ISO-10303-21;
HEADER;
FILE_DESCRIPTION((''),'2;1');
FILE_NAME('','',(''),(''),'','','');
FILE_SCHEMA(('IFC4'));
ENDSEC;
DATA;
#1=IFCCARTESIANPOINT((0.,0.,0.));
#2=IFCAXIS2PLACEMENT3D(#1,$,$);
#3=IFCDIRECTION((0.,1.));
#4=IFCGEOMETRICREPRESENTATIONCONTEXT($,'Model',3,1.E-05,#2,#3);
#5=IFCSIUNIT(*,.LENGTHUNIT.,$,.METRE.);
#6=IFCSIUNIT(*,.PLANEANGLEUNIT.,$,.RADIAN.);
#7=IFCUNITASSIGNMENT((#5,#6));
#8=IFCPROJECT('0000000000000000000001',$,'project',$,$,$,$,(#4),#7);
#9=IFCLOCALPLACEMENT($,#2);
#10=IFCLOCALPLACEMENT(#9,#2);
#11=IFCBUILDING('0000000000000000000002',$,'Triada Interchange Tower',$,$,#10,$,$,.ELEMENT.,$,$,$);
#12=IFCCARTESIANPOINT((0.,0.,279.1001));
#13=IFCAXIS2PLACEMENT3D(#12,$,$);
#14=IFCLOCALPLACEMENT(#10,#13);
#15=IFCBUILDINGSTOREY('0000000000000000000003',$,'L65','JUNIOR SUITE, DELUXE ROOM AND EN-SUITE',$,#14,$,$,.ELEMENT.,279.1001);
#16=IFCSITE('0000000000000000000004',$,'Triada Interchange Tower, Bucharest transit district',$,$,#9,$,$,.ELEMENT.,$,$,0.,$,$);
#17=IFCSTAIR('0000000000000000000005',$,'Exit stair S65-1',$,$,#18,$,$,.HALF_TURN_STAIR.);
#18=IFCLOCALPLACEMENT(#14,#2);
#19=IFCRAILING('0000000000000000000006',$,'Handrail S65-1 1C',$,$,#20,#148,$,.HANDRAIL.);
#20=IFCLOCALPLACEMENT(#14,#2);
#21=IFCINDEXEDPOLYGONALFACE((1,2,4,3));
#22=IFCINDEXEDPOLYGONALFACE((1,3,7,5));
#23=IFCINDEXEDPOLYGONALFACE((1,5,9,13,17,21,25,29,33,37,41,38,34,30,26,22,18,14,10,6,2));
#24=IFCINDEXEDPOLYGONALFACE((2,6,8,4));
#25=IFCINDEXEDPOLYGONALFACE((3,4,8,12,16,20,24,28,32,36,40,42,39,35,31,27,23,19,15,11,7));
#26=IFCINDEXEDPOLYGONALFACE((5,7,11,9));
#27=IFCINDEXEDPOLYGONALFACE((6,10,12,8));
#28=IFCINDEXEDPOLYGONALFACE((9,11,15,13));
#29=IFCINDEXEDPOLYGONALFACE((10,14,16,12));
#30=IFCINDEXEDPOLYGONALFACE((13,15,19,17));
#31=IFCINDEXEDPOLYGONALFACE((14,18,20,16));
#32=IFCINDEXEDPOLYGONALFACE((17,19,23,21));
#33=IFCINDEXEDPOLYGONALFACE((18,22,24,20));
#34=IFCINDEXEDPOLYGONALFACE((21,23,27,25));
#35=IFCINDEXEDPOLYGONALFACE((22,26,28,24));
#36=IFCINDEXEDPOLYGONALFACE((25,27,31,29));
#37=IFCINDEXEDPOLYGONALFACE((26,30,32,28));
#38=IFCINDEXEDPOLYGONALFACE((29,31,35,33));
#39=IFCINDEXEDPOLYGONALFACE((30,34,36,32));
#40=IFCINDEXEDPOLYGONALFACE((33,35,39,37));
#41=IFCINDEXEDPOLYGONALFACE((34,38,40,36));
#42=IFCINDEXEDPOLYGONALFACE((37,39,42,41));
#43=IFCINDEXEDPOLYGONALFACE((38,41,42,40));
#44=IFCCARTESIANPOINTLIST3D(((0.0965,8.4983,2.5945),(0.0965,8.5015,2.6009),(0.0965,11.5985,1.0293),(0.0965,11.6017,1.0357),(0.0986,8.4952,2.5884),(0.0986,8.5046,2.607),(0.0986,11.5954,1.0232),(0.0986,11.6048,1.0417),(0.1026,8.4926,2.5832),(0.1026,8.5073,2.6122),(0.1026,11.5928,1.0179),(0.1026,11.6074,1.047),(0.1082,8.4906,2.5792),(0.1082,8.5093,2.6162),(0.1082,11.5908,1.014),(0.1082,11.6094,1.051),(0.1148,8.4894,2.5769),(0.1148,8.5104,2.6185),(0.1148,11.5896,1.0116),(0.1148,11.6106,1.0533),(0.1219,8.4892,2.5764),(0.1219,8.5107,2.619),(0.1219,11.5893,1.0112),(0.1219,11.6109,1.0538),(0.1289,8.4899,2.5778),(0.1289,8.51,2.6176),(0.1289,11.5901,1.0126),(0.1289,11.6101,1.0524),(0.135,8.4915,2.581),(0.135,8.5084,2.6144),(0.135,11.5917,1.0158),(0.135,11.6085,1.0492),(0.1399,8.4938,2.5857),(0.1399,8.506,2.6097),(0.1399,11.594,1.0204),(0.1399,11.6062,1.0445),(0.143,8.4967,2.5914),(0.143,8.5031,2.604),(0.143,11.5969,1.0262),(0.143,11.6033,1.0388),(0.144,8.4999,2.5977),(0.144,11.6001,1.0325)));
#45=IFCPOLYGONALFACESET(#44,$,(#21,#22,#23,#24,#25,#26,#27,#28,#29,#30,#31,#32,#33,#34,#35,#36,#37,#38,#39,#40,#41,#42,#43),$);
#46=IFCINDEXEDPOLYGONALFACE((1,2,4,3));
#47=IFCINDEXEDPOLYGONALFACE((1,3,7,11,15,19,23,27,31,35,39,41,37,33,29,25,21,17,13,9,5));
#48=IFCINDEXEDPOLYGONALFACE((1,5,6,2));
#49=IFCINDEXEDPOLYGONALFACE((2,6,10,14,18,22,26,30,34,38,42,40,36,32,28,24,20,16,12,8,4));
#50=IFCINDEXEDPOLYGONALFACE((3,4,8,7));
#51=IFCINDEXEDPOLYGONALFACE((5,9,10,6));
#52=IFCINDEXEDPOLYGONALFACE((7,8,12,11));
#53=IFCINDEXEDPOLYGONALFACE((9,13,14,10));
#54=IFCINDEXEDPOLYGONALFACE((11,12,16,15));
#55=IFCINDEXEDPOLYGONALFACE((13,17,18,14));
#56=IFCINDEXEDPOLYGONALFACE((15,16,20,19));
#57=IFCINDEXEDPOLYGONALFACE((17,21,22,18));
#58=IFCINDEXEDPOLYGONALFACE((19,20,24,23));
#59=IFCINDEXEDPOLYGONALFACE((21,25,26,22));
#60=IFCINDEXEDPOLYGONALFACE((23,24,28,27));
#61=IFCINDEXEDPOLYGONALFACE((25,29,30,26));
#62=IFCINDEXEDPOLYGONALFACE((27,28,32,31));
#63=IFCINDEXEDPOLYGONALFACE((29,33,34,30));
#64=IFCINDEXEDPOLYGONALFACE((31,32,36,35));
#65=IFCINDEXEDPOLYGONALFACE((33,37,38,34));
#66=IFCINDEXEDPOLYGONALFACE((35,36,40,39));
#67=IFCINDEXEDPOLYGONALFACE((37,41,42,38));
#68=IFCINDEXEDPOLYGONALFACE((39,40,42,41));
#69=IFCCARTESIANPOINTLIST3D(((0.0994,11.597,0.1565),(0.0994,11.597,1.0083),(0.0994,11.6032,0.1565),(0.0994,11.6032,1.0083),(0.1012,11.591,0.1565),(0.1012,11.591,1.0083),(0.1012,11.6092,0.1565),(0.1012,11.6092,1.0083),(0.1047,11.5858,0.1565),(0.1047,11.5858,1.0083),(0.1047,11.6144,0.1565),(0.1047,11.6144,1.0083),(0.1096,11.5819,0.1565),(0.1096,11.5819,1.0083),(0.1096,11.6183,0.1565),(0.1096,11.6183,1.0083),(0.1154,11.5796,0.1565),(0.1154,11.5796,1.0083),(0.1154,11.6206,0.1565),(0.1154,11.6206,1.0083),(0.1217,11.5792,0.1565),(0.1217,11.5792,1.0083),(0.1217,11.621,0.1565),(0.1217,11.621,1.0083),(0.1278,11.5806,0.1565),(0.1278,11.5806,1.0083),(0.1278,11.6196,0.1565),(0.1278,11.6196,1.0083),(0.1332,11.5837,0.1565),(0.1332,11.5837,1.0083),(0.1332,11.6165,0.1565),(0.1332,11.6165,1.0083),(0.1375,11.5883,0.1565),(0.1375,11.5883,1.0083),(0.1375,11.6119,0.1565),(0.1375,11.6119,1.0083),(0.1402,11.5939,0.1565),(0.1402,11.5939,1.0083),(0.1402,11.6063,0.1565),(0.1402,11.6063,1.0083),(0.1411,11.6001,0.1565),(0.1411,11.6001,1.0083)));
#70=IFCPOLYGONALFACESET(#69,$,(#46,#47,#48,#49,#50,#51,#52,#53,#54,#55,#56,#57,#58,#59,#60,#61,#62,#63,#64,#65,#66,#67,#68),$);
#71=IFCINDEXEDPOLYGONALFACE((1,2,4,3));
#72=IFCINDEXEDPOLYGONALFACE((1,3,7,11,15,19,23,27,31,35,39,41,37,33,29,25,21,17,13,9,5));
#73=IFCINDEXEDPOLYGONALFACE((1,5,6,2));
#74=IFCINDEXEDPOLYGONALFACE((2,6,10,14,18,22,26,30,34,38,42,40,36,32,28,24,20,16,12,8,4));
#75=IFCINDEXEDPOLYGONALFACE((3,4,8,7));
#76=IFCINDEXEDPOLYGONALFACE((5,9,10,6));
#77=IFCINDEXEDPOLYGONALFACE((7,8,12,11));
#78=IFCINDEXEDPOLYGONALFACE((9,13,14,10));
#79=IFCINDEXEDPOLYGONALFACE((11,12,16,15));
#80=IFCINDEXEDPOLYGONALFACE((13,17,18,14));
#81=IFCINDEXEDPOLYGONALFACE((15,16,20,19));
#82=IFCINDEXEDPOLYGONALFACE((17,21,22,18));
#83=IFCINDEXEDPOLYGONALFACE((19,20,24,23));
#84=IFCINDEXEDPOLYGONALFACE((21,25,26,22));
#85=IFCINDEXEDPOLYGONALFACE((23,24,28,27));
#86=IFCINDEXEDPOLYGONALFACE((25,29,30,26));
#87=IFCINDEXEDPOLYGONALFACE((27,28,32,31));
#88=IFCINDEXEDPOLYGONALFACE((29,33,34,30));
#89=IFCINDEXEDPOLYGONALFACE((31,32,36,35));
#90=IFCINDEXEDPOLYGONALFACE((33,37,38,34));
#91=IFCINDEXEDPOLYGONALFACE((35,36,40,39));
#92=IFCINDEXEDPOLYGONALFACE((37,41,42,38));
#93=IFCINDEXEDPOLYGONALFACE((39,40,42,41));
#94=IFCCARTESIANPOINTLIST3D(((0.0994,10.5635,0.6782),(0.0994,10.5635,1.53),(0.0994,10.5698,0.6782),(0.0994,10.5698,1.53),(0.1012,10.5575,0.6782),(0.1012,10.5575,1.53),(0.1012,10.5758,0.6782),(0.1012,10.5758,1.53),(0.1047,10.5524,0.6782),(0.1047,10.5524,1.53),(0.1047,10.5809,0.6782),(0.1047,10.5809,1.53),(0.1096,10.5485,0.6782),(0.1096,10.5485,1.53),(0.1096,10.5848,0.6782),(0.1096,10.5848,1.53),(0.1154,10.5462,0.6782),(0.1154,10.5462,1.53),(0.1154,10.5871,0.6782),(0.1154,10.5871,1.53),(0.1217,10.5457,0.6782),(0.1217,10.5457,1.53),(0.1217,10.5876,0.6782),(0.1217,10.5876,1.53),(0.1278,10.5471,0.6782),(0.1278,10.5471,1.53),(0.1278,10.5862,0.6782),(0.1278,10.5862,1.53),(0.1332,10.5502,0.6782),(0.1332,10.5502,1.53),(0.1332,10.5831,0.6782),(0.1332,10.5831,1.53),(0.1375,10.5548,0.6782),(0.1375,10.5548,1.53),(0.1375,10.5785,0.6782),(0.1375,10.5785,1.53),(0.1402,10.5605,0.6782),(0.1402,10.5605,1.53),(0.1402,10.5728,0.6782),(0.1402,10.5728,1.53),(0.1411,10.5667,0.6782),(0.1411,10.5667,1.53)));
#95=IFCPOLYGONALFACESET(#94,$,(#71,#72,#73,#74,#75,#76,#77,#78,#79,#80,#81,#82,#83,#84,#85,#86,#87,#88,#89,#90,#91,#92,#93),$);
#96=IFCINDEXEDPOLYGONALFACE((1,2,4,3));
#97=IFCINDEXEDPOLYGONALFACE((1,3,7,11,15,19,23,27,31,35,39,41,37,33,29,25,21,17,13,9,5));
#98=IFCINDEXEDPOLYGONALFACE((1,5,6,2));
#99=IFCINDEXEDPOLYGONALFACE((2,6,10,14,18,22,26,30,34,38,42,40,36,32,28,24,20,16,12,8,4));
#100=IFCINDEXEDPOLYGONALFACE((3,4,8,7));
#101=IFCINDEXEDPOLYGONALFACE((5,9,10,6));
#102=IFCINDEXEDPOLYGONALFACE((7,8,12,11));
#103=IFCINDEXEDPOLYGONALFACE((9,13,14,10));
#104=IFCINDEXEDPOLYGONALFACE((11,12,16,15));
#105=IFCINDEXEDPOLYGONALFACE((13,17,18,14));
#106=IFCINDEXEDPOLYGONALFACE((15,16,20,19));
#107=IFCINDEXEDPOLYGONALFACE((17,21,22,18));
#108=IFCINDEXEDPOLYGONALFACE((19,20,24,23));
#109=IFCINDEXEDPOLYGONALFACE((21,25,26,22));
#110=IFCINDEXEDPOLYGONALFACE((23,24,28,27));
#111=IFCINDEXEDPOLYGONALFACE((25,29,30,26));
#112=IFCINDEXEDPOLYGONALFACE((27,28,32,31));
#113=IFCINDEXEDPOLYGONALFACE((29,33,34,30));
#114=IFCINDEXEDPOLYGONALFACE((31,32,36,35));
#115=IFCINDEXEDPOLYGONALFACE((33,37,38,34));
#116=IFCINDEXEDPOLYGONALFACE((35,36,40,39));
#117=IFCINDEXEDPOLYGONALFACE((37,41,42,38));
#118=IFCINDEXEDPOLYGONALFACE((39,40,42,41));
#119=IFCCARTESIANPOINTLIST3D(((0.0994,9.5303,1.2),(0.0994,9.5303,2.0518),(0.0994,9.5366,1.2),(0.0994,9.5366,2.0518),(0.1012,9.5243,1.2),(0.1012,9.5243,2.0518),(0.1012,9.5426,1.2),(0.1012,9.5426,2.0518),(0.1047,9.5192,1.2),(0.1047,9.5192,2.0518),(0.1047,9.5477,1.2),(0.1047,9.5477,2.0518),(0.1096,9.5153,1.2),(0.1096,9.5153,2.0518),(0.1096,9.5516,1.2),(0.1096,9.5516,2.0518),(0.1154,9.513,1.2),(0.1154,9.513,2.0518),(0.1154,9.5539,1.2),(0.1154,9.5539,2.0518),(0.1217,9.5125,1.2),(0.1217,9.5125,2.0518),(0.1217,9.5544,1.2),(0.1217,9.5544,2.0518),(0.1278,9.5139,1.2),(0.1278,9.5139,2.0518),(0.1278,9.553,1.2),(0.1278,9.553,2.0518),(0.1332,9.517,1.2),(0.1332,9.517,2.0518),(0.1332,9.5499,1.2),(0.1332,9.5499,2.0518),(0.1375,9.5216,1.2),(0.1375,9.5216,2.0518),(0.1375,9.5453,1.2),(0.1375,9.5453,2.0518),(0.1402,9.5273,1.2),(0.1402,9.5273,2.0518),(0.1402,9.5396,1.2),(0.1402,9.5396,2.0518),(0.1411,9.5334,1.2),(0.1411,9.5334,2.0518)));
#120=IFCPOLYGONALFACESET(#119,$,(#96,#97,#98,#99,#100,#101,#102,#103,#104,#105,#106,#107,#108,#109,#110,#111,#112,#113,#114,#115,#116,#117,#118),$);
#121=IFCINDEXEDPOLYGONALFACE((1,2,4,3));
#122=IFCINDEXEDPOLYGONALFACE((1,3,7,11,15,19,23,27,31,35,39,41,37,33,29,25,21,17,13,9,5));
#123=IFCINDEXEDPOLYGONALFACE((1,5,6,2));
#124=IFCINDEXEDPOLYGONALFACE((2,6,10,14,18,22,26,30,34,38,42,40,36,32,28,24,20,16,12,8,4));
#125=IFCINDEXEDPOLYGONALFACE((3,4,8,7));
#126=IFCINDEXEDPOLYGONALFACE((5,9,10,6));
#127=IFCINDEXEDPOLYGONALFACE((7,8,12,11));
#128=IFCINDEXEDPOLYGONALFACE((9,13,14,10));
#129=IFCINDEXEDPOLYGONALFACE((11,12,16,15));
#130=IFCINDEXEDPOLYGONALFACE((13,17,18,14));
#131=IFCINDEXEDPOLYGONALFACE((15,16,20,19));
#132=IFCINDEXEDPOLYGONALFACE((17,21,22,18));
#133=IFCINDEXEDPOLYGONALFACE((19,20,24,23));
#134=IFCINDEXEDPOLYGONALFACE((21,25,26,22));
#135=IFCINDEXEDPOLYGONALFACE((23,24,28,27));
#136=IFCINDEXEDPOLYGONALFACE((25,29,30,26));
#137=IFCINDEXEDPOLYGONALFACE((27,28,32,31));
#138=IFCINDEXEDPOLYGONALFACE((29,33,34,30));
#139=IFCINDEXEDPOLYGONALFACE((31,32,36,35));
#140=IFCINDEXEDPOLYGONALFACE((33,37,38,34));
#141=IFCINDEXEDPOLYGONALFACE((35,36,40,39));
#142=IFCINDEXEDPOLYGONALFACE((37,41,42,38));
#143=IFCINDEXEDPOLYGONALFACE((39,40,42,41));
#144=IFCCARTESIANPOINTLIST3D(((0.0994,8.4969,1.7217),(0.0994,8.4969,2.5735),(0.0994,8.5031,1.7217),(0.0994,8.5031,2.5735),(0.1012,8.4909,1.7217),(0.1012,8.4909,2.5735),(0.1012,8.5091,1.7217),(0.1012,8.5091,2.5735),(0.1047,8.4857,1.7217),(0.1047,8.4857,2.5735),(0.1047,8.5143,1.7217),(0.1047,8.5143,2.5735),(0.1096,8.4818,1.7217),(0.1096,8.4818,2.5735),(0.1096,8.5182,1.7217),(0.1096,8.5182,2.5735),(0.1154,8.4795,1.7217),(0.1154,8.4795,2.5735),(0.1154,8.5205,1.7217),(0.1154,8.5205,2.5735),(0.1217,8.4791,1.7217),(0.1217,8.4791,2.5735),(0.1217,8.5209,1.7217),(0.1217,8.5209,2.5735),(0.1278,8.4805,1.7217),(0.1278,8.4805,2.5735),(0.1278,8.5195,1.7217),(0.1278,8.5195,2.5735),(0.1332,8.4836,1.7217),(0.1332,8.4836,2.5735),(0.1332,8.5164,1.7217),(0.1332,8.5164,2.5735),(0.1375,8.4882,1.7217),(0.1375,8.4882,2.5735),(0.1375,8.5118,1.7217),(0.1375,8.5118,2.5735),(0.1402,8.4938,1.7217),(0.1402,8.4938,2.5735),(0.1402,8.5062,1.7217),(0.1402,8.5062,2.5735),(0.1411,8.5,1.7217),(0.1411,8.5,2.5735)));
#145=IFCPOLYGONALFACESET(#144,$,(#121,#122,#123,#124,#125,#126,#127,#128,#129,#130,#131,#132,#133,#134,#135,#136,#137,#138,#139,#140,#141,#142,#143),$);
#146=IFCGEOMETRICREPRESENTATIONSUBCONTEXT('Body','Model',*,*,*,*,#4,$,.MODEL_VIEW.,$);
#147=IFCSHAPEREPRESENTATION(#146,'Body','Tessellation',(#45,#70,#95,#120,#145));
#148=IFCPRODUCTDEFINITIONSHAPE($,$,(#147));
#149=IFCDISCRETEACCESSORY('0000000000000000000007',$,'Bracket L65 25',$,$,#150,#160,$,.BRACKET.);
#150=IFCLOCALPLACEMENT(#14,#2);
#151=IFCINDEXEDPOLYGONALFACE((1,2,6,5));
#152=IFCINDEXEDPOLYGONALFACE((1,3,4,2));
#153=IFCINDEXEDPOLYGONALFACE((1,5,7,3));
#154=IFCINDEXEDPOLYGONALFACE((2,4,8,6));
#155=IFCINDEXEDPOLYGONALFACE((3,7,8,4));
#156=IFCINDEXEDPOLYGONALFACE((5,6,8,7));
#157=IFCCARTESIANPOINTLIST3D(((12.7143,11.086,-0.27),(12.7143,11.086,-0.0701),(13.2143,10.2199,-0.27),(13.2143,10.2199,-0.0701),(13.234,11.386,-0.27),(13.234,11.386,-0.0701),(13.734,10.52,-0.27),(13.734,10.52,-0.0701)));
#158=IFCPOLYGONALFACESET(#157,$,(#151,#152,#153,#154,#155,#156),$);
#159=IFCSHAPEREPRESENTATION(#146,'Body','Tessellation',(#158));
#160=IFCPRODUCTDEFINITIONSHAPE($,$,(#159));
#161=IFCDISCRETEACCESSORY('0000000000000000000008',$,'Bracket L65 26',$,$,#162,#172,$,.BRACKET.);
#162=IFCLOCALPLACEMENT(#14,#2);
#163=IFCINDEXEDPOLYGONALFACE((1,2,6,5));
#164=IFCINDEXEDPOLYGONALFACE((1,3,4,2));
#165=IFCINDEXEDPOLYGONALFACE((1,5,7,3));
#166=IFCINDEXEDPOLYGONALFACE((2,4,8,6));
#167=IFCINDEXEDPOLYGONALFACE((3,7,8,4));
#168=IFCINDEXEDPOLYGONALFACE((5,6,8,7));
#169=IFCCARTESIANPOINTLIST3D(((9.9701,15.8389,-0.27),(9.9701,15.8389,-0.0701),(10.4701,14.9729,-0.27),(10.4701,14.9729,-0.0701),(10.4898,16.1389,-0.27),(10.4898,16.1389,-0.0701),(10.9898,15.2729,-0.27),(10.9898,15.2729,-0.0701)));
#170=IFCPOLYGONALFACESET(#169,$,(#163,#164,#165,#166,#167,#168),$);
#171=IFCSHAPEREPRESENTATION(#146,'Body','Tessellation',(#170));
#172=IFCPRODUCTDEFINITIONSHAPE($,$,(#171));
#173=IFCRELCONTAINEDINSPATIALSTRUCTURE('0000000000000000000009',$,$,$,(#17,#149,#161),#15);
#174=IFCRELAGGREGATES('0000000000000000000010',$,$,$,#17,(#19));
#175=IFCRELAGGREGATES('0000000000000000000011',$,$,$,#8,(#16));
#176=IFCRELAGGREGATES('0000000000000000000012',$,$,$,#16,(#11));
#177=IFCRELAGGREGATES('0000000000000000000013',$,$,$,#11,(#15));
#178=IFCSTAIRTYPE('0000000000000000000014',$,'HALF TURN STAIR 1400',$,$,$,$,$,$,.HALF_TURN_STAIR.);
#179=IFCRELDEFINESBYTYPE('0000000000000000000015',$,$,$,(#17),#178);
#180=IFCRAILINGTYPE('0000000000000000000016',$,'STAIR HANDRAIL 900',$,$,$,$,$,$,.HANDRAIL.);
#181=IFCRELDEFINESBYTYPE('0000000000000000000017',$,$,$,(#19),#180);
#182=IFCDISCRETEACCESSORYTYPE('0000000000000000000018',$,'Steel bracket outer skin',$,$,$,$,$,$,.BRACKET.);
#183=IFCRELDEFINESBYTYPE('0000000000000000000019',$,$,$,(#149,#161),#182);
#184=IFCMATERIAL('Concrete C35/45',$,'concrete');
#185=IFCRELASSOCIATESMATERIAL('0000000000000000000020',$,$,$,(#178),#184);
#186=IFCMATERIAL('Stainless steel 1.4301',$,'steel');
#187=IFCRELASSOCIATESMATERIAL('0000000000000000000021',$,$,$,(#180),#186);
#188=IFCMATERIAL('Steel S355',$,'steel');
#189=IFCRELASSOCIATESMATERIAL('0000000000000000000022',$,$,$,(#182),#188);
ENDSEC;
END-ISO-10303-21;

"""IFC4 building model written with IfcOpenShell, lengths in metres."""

from ifc_helpers import new_model, si_unit, direction, frame, origin, origin_2d, place, context, subcontext, project, spatial, rectangle, circle, extrude, material, type_object, element, aggregate, save


model = new_model("IFC4")

# Units and contexts
model_context = context("Model", 3, precision=1e-05, world=origin(), true_north=direction((0.0, 1.0)))
body_context = subcontext(model_context, "Body", "Model", "MODEL_VIEW")
ifc_project = project(units=[si_unit("LENGTHUNIT", "METRE"), si_unit("PLANEANGLEUNIT", "RADIAN")], contexts=[model_context])

# Site, building, storey
site_placement = place(None, origin())
site = spatial("IfcSite", under=ifc_project, at=site_placement, Name="Triada Interchange Tower, Bucharest transit district", CompositionType="ELEMENT", RefElevation=0.0)
building_placement = place(site_placement, origin())
building = spatial("IfcBuilding", under=site, at=building_placement, Name="Triada Interchange Tower", CompositionType="ELEMENT")
storey_placement = place(building_placement, frame((0.0, 0.0, 279.1001)))
storey = spatial("IfcBuildingStorey", under=building, at=storey_placement, Name="L65", Description="JUNIOR SUITE, DELUXE ROOM AND EN-SUITE", CompositionType="ELEMENT", Elevation=279.1001)

# Stair
ifc_material_1 = material(Name="Concrete C35/45", Category="concrete")
stair_type = type_object("IfcStairType", Name="HALF TURN STAIR 1400", PredefinedType="HALF_TURN_STAIR", material=ifc_material_1)
stair_placement = place(storey_placement, origin())
stair = element("IfcStair", 1, at=stair_placement, inside=storey, type_object=stair_type, Name="Exit stair S65-1", PredefinedType="HALF_TURN_STAIR")

# Railing
ifc_material_2 = material(Name="Stainless steel 1.4301", Category="steel")
railing_type = type_object("IfcRailingType", Name="STAIR HANDRAIL 900", PredefinedType="HANDRAIL", material=ifc_material_2)
railing_1_placement = place(storey_placement, frame((0.1201, 11.6001, 0.1565)))
railing_1 = element("IfcRailing", 2, at=railing_1_placement, type_object=railing_type, Name="Handrail S65-1 1C", PredefinedType="HANDRAIL", context=body_context, shape_type="SweptSolid", body=[
    extrude(circle(Radius=0.0239, at=origin_2d()), frame((0.0, 0.0, 0.876), z_axis=(0.0, -0.892677, 0.450697), x_axis=(1.0, 0.0, 0.0)), (0.0, 0.0, 1.0), 3.4729),
    extrude(circle(Radius=0.021, at=origin_2d()), origin(), (0.0, 0.0, 1.0), 0.8518),
    extrude(circle(Radius=0.021, at=origin_2d()), frame((0.0, -1.0334, 0.5217)), (0.0, 0.0, 1.0), 0.8518),
    extrude(circle(Radius=0.021, at=origin_2d()), frame((0.0, -2.0667, 1.0435)), (0.0, 0.0, 1.0), 0.8518),
    extrude(circle(Radius=0.021, at=origin_2d()), frame((0.0, -3.1001, 1.5652)), (0.0, 0.0, 1.0), 0.8518),
])
aggregate(stair, [railing_1])

# Discrete accessories
ifc_material_3 = material(Name="Steel S355", Category="steel")
discrete_accessory_type = type_object("IfcDiscreteAccessoryType", Name="Steel bracket outer skin", PredefinedType="BRACKET", material=ifc_material_3)
for number, where, z_axis, x_axis, name in (
    (3, (13.2241, 10.803, -0.27), (0.0, 0.0, 1.0), (0.866024, 0.500002, 0.0), "Bracket L65 25"),
    (4, (10.48, 15.5559, -0.27), (0.0, 0.0, 1.0), (0.866024, 0.500002, 0.0), "Bracket L65 26"),
):
    element("IfcDiscreteAccessory", number, at=place(storey_placement, frame(where, z_axis=z_axis, x_axis=x_axis)), inside=storey, type_object=discrete_accessory_type, Name=name, PredefinedType="BRACKET", context=body_context, shape_type="SweptSolid", body=[
        extrude(rectangle(XDim=0.6001, YDim=1.0, at=origin_2d()), origin(), (0.0, 0.0, 1.0), 0.2),
    ])

save(model, "model.ifc")
